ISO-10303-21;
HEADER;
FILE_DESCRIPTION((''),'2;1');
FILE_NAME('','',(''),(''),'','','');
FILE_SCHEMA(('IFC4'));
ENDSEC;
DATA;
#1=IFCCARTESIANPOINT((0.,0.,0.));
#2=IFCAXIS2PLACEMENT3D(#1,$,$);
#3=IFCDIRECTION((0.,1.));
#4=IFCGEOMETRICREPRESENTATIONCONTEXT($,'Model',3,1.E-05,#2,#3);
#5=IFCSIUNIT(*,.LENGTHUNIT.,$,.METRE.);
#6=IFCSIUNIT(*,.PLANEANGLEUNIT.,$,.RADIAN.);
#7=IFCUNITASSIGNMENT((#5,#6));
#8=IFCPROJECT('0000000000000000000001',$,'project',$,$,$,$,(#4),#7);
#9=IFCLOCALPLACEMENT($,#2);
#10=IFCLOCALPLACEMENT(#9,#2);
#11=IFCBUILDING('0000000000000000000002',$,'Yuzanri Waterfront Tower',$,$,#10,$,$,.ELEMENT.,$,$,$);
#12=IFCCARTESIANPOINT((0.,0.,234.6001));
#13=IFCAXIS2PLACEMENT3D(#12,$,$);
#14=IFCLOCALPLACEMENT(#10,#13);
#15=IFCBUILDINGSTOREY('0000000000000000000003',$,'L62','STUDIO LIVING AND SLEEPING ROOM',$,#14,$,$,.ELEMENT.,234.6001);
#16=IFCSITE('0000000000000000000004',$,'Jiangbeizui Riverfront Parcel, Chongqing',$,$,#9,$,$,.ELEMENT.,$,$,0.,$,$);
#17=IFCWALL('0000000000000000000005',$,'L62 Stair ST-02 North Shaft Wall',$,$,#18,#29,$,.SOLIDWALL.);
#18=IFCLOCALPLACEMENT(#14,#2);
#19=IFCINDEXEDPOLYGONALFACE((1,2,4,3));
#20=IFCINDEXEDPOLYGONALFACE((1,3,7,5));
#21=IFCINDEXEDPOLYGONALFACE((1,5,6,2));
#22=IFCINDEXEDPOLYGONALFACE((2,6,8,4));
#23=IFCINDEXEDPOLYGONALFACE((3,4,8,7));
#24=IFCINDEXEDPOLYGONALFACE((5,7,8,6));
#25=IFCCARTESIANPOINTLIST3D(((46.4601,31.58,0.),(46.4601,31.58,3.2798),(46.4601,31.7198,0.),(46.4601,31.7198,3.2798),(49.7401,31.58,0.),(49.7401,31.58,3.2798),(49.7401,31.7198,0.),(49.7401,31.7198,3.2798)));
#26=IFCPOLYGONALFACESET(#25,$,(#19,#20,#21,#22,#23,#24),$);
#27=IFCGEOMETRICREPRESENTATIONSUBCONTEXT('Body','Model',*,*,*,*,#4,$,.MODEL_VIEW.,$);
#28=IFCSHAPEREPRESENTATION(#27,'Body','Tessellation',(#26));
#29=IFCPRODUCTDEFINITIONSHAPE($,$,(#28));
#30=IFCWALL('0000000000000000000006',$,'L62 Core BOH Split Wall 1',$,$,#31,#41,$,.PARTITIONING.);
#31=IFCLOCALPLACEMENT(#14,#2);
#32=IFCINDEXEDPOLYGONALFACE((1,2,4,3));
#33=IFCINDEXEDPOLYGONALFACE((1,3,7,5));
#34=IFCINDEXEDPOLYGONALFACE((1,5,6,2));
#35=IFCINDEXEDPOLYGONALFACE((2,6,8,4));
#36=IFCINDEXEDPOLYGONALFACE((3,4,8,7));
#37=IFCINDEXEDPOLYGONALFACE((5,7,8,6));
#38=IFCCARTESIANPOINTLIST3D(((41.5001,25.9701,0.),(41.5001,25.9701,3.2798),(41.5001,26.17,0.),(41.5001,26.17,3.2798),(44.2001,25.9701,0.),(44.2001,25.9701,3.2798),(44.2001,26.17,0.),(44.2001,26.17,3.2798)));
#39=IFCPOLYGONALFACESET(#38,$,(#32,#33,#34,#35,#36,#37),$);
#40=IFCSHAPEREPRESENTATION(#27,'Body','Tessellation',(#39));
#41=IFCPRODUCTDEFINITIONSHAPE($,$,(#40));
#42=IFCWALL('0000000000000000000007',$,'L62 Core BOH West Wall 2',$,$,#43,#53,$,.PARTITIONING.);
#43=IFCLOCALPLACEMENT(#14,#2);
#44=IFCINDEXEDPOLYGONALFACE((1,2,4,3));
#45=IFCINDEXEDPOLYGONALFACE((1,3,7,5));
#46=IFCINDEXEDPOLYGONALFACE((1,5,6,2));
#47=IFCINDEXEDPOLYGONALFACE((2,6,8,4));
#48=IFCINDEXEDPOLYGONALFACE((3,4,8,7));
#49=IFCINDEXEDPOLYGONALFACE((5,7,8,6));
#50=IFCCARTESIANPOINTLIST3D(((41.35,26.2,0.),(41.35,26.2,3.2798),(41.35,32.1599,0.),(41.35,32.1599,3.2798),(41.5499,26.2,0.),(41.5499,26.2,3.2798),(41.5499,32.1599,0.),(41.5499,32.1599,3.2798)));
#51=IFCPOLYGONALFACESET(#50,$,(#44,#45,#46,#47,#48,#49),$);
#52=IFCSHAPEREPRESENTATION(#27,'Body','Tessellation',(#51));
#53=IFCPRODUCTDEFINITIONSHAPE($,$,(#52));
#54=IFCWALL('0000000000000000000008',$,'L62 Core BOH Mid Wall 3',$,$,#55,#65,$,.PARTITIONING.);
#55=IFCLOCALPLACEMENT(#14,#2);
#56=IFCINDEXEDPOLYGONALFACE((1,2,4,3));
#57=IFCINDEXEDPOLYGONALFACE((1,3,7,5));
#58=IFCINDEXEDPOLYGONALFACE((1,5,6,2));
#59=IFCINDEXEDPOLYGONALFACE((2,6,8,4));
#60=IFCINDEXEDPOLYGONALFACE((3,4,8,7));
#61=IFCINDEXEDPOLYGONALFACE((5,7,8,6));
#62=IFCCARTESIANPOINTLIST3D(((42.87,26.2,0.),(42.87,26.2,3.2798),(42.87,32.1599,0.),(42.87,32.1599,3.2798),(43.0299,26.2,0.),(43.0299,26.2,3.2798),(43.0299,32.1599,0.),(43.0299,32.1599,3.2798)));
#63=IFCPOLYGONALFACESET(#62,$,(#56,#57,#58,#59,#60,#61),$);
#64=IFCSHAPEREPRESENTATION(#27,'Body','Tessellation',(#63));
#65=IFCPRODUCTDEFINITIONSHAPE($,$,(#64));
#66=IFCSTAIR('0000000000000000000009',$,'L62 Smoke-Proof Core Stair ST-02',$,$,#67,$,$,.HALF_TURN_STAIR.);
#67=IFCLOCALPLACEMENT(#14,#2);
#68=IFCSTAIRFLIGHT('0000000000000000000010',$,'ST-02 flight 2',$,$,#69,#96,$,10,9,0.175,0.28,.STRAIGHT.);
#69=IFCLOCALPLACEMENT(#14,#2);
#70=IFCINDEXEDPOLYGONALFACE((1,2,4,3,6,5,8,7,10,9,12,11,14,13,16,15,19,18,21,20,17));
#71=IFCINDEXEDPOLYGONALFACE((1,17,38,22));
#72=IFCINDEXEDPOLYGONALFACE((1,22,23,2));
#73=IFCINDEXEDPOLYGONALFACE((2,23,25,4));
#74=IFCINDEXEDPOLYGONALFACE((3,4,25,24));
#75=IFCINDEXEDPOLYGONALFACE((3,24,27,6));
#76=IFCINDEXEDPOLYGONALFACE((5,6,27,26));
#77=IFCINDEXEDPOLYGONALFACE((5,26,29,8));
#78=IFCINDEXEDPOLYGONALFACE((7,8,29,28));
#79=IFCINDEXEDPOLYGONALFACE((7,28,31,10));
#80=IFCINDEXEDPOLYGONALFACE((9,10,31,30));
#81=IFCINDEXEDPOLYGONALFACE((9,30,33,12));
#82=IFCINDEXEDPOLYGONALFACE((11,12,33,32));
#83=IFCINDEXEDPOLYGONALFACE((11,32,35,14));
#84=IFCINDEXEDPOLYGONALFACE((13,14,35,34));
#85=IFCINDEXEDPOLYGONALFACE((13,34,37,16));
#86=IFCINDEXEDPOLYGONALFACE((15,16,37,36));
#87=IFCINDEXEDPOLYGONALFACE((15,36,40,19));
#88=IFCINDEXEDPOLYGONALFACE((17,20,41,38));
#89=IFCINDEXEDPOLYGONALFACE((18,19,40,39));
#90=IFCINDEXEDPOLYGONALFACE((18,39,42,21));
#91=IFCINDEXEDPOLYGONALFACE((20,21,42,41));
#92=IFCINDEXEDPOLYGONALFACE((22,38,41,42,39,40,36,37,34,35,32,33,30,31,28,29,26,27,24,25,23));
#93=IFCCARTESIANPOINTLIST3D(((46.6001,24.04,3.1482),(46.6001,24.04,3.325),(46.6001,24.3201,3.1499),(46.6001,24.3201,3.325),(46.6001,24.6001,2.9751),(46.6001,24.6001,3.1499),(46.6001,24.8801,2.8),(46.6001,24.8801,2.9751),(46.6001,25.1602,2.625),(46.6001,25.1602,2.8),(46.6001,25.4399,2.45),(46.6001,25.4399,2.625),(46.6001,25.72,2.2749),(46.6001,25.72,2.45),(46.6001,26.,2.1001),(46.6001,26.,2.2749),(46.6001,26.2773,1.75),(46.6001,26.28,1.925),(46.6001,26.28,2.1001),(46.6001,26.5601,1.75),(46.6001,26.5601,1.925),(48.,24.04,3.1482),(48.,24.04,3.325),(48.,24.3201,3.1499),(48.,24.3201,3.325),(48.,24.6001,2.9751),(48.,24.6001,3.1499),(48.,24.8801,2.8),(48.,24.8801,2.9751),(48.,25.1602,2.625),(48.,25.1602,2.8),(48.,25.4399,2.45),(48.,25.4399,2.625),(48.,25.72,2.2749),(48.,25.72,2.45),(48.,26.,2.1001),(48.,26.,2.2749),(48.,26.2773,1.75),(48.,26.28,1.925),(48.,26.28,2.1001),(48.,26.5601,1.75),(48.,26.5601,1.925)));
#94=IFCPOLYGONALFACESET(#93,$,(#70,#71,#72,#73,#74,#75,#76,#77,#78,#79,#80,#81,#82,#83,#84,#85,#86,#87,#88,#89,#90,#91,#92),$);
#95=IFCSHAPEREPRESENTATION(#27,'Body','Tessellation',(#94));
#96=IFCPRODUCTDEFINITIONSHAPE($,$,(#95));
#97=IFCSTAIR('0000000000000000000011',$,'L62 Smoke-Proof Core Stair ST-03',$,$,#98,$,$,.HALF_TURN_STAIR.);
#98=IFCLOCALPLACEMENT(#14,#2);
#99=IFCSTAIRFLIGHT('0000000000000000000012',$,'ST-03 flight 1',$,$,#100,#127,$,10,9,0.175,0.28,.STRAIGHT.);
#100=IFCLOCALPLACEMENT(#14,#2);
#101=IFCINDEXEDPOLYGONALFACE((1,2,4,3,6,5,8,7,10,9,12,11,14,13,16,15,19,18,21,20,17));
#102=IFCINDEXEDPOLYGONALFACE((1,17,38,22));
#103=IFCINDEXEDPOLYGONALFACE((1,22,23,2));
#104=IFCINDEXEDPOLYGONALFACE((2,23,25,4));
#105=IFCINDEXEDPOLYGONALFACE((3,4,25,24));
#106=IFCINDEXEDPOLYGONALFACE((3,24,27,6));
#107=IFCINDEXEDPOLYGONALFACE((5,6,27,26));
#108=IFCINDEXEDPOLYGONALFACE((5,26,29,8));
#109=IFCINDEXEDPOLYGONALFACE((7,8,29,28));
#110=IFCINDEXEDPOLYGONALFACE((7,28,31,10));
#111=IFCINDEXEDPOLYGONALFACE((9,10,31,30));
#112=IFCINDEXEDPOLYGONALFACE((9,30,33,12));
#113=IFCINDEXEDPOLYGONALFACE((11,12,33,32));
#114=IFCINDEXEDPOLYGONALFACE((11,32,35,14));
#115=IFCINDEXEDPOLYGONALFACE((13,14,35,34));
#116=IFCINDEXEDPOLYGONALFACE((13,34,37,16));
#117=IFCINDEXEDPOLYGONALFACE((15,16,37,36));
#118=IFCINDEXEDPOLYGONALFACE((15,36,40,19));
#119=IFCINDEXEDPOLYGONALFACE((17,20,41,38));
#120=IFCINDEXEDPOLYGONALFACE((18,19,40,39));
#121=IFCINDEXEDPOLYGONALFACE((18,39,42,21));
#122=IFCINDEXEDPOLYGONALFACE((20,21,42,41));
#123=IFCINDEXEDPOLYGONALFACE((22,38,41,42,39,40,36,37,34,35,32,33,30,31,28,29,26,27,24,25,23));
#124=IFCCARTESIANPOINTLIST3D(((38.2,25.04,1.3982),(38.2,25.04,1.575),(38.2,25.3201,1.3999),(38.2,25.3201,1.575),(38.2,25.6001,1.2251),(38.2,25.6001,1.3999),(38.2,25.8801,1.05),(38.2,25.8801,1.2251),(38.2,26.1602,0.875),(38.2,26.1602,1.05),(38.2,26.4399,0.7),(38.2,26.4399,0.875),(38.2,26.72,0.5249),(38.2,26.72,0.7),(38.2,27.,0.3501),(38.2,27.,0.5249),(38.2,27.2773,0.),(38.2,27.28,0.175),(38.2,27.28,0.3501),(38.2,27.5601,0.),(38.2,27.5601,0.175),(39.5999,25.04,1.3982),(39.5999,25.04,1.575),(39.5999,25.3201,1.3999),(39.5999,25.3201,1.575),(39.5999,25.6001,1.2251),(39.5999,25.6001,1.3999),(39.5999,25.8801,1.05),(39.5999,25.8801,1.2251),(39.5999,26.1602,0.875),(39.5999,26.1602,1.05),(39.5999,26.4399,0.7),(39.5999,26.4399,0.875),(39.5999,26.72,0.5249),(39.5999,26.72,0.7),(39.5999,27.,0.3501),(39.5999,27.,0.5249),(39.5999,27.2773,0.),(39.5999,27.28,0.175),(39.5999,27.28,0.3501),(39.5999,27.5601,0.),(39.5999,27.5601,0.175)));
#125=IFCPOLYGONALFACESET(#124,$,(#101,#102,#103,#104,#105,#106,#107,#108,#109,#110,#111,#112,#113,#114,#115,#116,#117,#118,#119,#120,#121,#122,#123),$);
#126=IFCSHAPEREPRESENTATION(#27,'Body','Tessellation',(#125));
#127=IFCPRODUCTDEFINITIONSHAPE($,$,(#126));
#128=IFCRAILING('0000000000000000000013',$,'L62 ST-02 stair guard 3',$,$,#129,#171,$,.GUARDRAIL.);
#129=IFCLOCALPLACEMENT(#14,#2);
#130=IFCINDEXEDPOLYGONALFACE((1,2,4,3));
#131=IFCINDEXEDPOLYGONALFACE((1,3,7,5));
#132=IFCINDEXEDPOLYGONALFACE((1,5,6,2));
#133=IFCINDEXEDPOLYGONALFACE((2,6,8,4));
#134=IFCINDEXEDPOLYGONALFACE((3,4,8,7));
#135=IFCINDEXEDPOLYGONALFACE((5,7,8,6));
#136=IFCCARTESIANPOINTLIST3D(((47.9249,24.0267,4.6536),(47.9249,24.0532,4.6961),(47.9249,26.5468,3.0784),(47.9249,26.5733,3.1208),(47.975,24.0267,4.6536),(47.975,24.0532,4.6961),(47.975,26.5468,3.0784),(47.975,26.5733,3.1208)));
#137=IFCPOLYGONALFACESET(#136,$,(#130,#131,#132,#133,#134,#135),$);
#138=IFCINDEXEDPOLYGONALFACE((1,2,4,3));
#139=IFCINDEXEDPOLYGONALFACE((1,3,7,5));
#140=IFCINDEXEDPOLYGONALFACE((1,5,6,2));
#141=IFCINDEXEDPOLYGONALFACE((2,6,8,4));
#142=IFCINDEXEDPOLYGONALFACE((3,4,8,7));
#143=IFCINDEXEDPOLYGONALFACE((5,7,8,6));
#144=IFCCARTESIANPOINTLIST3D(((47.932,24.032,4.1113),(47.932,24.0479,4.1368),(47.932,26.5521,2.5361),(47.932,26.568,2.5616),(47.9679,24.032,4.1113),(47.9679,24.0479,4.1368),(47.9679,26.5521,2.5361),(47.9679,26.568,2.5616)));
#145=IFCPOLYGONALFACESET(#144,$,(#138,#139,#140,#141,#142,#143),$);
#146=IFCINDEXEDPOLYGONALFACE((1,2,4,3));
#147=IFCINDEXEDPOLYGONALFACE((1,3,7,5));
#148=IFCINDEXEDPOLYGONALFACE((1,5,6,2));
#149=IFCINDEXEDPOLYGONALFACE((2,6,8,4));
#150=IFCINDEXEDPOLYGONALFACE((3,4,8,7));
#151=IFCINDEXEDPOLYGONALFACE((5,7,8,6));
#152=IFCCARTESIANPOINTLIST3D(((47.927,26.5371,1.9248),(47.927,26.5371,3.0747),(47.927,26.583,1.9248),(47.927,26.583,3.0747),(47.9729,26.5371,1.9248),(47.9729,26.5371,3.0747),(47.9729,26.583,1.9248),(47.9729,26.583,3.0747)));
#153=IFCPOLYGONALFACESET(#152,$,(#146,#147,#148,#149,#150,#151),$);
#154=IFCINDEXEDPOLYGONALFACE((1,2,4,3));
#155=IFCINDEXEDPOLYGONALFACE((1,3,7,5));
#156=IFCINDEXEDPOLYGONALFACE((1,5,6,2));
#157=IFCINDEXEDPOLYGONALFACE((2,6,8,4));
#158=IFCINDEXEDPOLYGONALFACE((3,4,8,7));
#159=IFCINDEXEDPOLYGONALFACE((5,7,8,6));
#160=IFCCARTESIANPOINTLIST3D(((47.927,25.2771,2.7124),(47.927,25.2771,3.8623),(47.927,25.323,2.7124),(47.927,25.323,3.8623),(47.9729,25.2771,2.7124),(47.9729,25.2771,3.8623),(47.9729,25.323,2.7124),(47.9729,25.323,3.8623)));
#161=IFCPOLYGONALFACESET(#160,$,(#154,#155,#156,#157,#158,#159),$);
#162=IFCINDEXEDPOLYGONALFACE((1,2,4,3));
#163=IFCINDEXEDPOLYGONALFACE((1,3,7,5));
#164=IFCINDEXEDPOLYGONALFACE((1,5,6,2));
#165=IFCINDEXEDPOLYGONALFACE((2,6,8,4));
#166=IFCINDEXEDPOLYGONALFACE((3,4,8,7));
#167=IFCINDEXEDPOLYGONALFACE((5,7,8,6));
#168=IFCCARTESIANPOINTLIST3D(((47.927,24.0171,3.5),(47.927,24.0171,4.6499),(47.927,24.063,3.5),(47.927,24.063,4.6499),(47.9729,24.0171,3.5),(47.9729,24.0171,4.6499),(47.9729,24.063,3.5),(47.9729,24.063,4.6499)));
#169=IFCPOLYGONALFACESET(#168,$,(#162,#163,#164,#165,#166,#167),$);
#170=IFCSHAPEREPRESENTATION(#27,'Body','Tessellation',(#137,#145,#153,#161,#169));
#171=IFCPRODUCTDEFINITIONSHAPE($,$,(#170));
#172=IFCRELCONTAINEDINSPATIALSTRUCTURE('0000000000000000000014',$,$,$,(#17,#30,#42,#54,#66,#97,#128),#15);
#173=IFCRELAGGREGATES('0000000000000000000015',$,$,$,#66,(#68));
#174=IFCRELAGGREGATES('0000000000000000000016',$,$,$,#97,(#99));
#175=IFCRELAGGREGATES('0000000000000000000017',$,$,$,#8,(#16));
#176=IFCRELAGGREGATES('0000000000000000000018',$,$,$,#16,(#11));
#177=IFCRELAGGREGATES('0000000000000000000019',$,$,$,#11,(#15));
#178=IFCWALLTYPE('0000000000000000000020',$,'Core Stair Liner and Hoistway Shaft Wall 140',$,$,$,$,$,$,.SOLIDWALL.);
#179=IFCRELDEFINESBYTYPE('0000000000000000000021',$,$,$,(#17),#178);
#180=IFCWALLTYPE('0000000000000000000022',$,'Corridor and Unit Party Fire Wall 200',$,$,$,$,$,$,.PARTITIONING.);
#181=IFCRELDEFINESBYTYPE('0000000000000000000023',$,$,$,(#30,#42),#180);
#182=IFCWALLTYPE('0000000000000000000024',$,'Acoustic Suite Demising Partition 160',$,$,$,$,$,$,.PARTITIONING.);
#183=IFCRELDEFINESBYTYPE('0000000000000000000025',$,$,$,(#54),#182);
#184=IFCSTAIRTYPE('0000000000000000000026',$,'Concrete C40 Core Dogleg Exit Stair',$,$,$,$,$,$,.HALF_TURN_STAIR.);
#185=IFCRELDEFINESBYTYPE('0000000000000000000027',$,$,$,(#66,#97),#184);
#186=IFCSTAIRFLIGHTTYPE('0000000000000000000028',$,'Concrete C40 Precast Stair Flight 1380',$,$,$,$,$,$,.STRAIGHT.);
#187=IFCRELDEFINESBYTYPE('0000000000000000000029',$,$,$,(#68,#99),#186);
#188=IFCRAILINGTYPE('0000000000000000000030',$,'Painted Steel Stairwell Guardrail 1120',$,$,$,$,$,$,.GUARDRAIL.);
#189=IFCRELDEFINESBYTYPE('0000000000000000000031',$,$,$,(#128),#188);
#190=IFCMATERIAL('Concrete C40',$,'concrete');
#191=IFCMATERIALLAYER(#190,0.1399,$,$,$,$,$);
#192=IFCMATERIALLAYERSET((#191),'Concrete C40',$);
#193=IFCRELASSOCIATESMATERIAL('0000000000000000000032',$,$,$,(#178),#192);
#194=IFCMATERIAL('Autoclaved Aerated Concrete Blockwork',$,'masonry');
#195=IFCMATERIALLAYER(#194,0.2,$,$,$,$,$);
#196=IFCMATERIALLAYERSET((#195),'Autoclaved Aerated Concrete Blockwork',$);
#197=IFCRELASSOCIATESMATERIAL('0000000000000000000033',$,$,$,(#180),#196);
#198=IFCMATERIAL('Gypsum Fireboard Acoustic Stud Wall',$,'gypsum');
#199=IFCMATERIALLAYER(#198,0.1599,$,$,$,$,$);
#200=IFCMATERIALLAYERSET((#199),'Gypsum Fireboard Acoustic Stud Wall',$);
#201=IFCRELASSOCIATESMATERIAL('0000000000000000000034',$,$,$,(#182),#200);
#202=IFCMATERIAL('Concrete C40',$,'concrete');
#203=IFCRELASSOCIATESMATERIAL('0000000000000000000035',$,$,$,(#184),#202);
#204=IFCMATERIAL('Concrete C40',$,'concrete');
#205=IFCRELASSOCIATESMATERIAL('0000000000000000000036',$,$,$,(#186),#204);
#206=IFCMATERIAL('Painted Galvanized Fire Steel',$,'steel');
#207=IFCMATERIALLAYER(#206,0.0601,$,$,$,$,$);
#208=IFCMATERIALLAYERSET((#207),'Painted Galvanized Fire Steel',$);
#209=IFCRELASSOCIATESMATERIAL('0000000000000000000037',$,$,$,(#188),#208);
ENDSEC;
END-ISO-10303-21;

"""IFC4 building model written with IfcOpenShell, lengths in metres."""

from ifc_helpers import new_model, si_unit, direction, frame, frame_2d, origin, origin_2d, place, context, subcontext, project, spatial, polyline, rectangle, outline, extrude, source, transform, mapped, material, layer, layer_set, type_object, element, aggregate, save


model = new_model("IFC4")

# Units and contexts
model_context = context("Model", 3, precision=1e-05, world=origin(), true_north=direction((0.0, 1.0)))
body_context = subcontext(model_context, "Body", "Model", "MODEL_VIEW")
ifc_project = project(units=[si_unit("LENGTHUNIT", "METRE"), si_unit("PLANEANGLEUNIT", "RADIAN")], contexts=[model_context])

# Site, building, storey
site_placement = place(None, origin())
site = spatial("IfcSite", under=ifc_project, at=site_placement, Name="Jiangbeizui Riverfront Parcel, Chongqing", CompositionType="ELEMENT", RefElevation=0.0)
building_placement = place(site_placement, origin())
building = spatial("IfcBuilding", under=site, at=building_placement, Name="Yuzanri Waterfront Tower", CompositionType="ELEMENT")
storey_placement = place(building_placement, frame((0.0, 0.0, 234.6001)))
storey = spatial("IfcBuildingStorey", under=building, at=storey_placement, Name="L62", Description="STUDIO LIVING AND SLEEPING ROOM", CompositionType="ELEMENT", Elevation=234.6001)

# Shared definitions
ifc_material_1 = material(Name="Concrete C40", Category="concrete")
ifc_layer_1 = layer(ifc_material_1, 0.1399)
ifc_layer_set_1 = layer_set([ifc_layer_1], Name="Concrete C40")
wall_type_1 = type_object("IfcWallType", Name="Core Stair Liner and Hoistway Shaft Wall 140", PredefinedType="SOLIDWALL", material=ifc_layer_set_1)

# Walls
shared_shape_1 = source(origin(), body_context, "Body", "SweptSolid", [
    extrude(rectangle(XDim=3.28, YDim=0.1399, at=frame_2d((1.6401, 0.0))), origin(), (0.0, 0.0, 1.0), 3.2798),
])
wall_1_placement = place(storey_placement, frame((46.46, 31.6499, 0.0), z_axis=(0.0, 0.0, 1.0), x_axis=(1.0, 0.0, 0.0)))
element("IfcWall", 1, at=wall_1_placement, inside=storey, type_object=wall_type_1, Name="L62 Stair ST-02 North Shaft Wall", PredefinedType="SOLIDWALL", context=body_context, shape_type="MappedRepresentation", body=[
    mapped(shared_shape_1, transform((0.0, 0.0, 0.0), scale=1.0)),
])
ifc_material_2 = material(Name="Autoclaved Aerated Concrete Blockwork", Category="masonry")
ifc_layer_2 = layer(ifc_material_2, 0.2)
ifc_layer_set_2 = layer_set([ifc_layer_2], Name="Autoclaved Aerated Concrete Blockwork")
wall_type_2 = type_object("IfcWallType", Name="Corridor and Unit Party Fire Wall 200", PredefinedType="PARTITIONING", material=ifc_layer_set_2)
shared_shape_2 = source(origin(), body_context, "Body", "SweptSolid", [
    extrude(rectangle(XDim=2.7, YDim=0.2, at=frame_2d((1.3501, 0.0))), origin(), (0.0, 0.0, 1.0), 3.2798),
])
wall_2_placement = place(storey_placement, frame((41.5, 26.0701, 0.0), z_axis=(0.0, 0.0, 1.0), x_axis=(1.0, 0.0, 0.0)))
element("IfcWall", 2, at=wall_2_placement, inside=storey, type_object=wall_type_2, Name="L62 Core BOH Split Wall 1", PredefinedType="PARTITIONING", context=body_context, shape_type="MappedRepresentation", body=[
    mapped(shared_shape_2, transform((0.0, 0.0, 0.0), scale=1.0)),
])
shared_shape_3 = source(origin(), body_context, "Body", "SweptSolid", [
    extrude(rectangle(XDim=5.96, YDim=0.2, at=frame_2d((2.98, 0.0))), origin(), (0.0, 0.0, 1.0), 3.2798),
])
wall_3_placement = place(storey_placement, frame((41.45, 26.2, 0.0), z_axis=(0.0, 0.0, 1.0), x_axis=(0.0, 1.0, 0.0)))
element("IfcWall", 3, at=wall_3_placement, inside=storey, type_object=wall_type_2, Name="L62 Core BOH West Wall 2", PredefinedType="PARTITIONING", context=body_context, shape_type="MappedRepresentation", body=[
    mapped(shared_shape_3, transform((0.0, 0.0, 0.0), scale=1.0)),
])
ifc_material_3 = material(Name="Gypsum Fireboard Acoustic Stud Wall", Category="gypsum")
ifc_layer_3 = layer(ifc_material_3, 0.1599)
ifc_layer_set_3 = layer_set([ifc_layer_3], Name="Gypsum Fireboard Acoustic Stud Wall")
wall_type_3 = type_object("IfcWallType", Name="Acoustic Suite Demising Partition 160", PredefinedType="PARTITIONING", material=ifc_layer_set_3)
shared_shape_4 = source(origin(), body_context, "Body", "SweptSolid", [
    extrude(rectangle(XDim=5.96, YDim=0.1599, at=frame_2d((2.98, 0.0))), origin(), (0.0, 0.0, 1.0), 3.2798),
])
wall_4_placement = place(storey_placement, frame((42.95, 26.2, 0.0), z_axis=(0.0, 0.0, 1.0), x_axis=(0.0, 1.0, 0.0)))
element("IfcWall", 4, at=wall_4_placement, inside=storey, type_object=wall_type_3, Name="L62 Core BOH Mid Wall 3", PredefinedType="PARTITIONING", context=body_context, shape_type="MappedRepresentation", body=[
    mapped(shared_shape_4, transform((0.0, 0.0, 0.0), scale=1.0)),
])

# Stairs, stair flights
ifc_material_4 = material(Name="Concrete C40", Category="concrete")
stair_type = type_object("IfcStairType", Name="Concrete C40 Core Dogleg Exit Stair", PredefinedType="HALF_TURN_STAIR", material=ifc_material_4)
stair_1_placement = place(storey_placement, origin())
stair_1 = element("IfcStair", 5, at=stair_1_placement, inside=storey, type_object=stair_type, Name="L62 Smoke-Proof Core Stair ST-02", PredefinedType="HALF_TURN_STAIR")
ifc_material_5 = material(Name="Concrete C40", Category="concrete")
stair_flight_type = type_object("IfcStairFlightType", Name="Concrete C40 Precast Stair Flight 1380", PredefinedType="STRAIGHT", material=ifc_material_5)
shared_shape_5 = source(origin(), body_context, "Body", "SweptSolid", [
    extrude(outline(polyline([(0.0, 0.0), (0.0, 0.175), (0.28, 0.175), (0.28, 0.3501), (0.5601, 0.3501), (0.5601, 0.5249), (0.8401, 0.5249), (0.8401, 0.7), (1.1201, 0.7), (1.1201, 0.875), (1.3999, 0.875), (1.3999, 1.05), (1.6799, 1.05), (1.6799, 1.2251), (1.96, 1.2251), (1.96, 1.3999), (2.24, 1.3999), (2.24, 1.575), (2.52, 1.575), (2.52, 1.75), (2.52, 1.3982), (0.2827, 0.0), (0.0, 0.0)])), frame((0.0, 0.7, 0.0), z_axis=(0.0, -1.0, 0.0), x_axis=(1.0, 0.0, 0.0)), (0.0, 0.0, 1.0), 1.3999),
])
stair_flight_1_placement = place(storey_placement, frame((47.3, 26.5601, 1.75), z_axis=(0.0, 0.0, 1.0), x_axis=(0.0, -1.0, 0.0)))
stair_flight_1 = element("IfcStairFlight", 6, at=stair_flight_1_placement, type_object=stair_flight_type, Name="ST-02 flight 2", NumberOfRisers=10, NumberOfTreads=9, PredefinedType="STRAIGHT", RiserHeight=0.175, TreadLength=0.28, context=body_context, shape_type="MappedRepresentation", body=[
    mapped(shared_shape_5, transform((0.0, 0.0, 0.0), scale=1.0)),
])
aggregate(stair_1, [stair_flight_1])
stair_2_placement = place(storey_placement, origin())
stair_2 = element("IfcStair", 7, at=stair_2_placement, inside=storey, type_object=stair_type, Name="L62 Smoke-Proof Core Stair ST-03", PredefinedType="HALF_TURN_STAIR")
stair_flight_2_placement = place(storey_placement, frame((38.8999, 27.5601, 0.0), z_axis=(0.0, 0.0, 1.0), x_axis=(0.0, -1.0, 0.0)))
stair_flight_2 = element("IfcStairFlight", 8, at=stair_flight_2_placement, type_object=stair_flight_type, Name="ST-03 flight 1", NumberOfRisers=10, NumberOfTreads=9, PredefinedType="STRAIGHT", RiserHeight=0.175, TreadLength=0.28, context=body_context, shape_type="MappedRepresentation", body=[
    mapped(shared_shape_5, transform((0.0, 0.0, 0.0), scale=1.0)),
])
aggregate(stair_2, [stair_flight_2])

# Railing
ifc_material_6 = material(Name="Painted Galvanized Fire Steel", Category="steel")
ifc_layer_4 = layer(ifc_material_6, 0.0601)
ifc_layer_set_4 = layer_set([ifc_layer_4], Name="Painted Galvanized Fire Steel")
railing_type_1 = type_object("IfcRailingType", Name="Painted Steel Stairwell Guardrail 1120", PredefinedType="GUARDRAIL", material=ifc_layer_set_4)
shared_shape_6 = source(origin(), body_context, "Body", "SweptSolid", [
    extrude(rectangle(XDim=0.05, YDim=0.05, at=origin_2d()), frame((0.0, 0.0, 1.1748), z_axis=(0.0, -0.847971, 0.530043), x_axis=(1.0, 0.0, 0.0)), (0.0, 0.0, 1.0), 2.9719),
    extrude(rectangle(XDim=0.0359, YDim=0.03, at=origin_2d()), frame((0.0, 0.0, 0.624), z_axis=(0.0, -0.847971, 0.530043), x_axis=(1.0, 0.0, 0.0)), (0.0, 0.0, 1.0), 2.9719),
    extrude(rectangle(XDim=0.0459, YDim=0.0459, at=origin_2d()), origin(), (0.0, 0.0, 1.0), 1.1499),
    extrude(rectangle(XDim=0.0459, YDim=0.0459, at=origin_2d()), frame((0.0, -1.26, 0.7876)), (0.0, 0.0, 1.0), 1.1499),
    extrude(rectangle(XDim=0.0459, YDim=0.0459, at=origin_2d()), frame((0.0, -2.52, 1.5752)), (0.0, 0.0, 1.0), 1.1499),
])
for number, where, name in (
    (9, (47.95, 26.5601, 1.9248), "L62 ST-02 stair guard 3"),
):
    element("IfcRailing", number, at=place(storey_placement, frame(where)), inside=storey, type_object=railing_type_1, Name=name, PredefinedType="GUARDRAIL", context=body_context, shape_type="MappedRepresentation", body=[
        mapped(shared_shape_6, transform((0.0, 0.0, 0.0), scale=1.0)),
    ])

save(model, "model.ifc")
